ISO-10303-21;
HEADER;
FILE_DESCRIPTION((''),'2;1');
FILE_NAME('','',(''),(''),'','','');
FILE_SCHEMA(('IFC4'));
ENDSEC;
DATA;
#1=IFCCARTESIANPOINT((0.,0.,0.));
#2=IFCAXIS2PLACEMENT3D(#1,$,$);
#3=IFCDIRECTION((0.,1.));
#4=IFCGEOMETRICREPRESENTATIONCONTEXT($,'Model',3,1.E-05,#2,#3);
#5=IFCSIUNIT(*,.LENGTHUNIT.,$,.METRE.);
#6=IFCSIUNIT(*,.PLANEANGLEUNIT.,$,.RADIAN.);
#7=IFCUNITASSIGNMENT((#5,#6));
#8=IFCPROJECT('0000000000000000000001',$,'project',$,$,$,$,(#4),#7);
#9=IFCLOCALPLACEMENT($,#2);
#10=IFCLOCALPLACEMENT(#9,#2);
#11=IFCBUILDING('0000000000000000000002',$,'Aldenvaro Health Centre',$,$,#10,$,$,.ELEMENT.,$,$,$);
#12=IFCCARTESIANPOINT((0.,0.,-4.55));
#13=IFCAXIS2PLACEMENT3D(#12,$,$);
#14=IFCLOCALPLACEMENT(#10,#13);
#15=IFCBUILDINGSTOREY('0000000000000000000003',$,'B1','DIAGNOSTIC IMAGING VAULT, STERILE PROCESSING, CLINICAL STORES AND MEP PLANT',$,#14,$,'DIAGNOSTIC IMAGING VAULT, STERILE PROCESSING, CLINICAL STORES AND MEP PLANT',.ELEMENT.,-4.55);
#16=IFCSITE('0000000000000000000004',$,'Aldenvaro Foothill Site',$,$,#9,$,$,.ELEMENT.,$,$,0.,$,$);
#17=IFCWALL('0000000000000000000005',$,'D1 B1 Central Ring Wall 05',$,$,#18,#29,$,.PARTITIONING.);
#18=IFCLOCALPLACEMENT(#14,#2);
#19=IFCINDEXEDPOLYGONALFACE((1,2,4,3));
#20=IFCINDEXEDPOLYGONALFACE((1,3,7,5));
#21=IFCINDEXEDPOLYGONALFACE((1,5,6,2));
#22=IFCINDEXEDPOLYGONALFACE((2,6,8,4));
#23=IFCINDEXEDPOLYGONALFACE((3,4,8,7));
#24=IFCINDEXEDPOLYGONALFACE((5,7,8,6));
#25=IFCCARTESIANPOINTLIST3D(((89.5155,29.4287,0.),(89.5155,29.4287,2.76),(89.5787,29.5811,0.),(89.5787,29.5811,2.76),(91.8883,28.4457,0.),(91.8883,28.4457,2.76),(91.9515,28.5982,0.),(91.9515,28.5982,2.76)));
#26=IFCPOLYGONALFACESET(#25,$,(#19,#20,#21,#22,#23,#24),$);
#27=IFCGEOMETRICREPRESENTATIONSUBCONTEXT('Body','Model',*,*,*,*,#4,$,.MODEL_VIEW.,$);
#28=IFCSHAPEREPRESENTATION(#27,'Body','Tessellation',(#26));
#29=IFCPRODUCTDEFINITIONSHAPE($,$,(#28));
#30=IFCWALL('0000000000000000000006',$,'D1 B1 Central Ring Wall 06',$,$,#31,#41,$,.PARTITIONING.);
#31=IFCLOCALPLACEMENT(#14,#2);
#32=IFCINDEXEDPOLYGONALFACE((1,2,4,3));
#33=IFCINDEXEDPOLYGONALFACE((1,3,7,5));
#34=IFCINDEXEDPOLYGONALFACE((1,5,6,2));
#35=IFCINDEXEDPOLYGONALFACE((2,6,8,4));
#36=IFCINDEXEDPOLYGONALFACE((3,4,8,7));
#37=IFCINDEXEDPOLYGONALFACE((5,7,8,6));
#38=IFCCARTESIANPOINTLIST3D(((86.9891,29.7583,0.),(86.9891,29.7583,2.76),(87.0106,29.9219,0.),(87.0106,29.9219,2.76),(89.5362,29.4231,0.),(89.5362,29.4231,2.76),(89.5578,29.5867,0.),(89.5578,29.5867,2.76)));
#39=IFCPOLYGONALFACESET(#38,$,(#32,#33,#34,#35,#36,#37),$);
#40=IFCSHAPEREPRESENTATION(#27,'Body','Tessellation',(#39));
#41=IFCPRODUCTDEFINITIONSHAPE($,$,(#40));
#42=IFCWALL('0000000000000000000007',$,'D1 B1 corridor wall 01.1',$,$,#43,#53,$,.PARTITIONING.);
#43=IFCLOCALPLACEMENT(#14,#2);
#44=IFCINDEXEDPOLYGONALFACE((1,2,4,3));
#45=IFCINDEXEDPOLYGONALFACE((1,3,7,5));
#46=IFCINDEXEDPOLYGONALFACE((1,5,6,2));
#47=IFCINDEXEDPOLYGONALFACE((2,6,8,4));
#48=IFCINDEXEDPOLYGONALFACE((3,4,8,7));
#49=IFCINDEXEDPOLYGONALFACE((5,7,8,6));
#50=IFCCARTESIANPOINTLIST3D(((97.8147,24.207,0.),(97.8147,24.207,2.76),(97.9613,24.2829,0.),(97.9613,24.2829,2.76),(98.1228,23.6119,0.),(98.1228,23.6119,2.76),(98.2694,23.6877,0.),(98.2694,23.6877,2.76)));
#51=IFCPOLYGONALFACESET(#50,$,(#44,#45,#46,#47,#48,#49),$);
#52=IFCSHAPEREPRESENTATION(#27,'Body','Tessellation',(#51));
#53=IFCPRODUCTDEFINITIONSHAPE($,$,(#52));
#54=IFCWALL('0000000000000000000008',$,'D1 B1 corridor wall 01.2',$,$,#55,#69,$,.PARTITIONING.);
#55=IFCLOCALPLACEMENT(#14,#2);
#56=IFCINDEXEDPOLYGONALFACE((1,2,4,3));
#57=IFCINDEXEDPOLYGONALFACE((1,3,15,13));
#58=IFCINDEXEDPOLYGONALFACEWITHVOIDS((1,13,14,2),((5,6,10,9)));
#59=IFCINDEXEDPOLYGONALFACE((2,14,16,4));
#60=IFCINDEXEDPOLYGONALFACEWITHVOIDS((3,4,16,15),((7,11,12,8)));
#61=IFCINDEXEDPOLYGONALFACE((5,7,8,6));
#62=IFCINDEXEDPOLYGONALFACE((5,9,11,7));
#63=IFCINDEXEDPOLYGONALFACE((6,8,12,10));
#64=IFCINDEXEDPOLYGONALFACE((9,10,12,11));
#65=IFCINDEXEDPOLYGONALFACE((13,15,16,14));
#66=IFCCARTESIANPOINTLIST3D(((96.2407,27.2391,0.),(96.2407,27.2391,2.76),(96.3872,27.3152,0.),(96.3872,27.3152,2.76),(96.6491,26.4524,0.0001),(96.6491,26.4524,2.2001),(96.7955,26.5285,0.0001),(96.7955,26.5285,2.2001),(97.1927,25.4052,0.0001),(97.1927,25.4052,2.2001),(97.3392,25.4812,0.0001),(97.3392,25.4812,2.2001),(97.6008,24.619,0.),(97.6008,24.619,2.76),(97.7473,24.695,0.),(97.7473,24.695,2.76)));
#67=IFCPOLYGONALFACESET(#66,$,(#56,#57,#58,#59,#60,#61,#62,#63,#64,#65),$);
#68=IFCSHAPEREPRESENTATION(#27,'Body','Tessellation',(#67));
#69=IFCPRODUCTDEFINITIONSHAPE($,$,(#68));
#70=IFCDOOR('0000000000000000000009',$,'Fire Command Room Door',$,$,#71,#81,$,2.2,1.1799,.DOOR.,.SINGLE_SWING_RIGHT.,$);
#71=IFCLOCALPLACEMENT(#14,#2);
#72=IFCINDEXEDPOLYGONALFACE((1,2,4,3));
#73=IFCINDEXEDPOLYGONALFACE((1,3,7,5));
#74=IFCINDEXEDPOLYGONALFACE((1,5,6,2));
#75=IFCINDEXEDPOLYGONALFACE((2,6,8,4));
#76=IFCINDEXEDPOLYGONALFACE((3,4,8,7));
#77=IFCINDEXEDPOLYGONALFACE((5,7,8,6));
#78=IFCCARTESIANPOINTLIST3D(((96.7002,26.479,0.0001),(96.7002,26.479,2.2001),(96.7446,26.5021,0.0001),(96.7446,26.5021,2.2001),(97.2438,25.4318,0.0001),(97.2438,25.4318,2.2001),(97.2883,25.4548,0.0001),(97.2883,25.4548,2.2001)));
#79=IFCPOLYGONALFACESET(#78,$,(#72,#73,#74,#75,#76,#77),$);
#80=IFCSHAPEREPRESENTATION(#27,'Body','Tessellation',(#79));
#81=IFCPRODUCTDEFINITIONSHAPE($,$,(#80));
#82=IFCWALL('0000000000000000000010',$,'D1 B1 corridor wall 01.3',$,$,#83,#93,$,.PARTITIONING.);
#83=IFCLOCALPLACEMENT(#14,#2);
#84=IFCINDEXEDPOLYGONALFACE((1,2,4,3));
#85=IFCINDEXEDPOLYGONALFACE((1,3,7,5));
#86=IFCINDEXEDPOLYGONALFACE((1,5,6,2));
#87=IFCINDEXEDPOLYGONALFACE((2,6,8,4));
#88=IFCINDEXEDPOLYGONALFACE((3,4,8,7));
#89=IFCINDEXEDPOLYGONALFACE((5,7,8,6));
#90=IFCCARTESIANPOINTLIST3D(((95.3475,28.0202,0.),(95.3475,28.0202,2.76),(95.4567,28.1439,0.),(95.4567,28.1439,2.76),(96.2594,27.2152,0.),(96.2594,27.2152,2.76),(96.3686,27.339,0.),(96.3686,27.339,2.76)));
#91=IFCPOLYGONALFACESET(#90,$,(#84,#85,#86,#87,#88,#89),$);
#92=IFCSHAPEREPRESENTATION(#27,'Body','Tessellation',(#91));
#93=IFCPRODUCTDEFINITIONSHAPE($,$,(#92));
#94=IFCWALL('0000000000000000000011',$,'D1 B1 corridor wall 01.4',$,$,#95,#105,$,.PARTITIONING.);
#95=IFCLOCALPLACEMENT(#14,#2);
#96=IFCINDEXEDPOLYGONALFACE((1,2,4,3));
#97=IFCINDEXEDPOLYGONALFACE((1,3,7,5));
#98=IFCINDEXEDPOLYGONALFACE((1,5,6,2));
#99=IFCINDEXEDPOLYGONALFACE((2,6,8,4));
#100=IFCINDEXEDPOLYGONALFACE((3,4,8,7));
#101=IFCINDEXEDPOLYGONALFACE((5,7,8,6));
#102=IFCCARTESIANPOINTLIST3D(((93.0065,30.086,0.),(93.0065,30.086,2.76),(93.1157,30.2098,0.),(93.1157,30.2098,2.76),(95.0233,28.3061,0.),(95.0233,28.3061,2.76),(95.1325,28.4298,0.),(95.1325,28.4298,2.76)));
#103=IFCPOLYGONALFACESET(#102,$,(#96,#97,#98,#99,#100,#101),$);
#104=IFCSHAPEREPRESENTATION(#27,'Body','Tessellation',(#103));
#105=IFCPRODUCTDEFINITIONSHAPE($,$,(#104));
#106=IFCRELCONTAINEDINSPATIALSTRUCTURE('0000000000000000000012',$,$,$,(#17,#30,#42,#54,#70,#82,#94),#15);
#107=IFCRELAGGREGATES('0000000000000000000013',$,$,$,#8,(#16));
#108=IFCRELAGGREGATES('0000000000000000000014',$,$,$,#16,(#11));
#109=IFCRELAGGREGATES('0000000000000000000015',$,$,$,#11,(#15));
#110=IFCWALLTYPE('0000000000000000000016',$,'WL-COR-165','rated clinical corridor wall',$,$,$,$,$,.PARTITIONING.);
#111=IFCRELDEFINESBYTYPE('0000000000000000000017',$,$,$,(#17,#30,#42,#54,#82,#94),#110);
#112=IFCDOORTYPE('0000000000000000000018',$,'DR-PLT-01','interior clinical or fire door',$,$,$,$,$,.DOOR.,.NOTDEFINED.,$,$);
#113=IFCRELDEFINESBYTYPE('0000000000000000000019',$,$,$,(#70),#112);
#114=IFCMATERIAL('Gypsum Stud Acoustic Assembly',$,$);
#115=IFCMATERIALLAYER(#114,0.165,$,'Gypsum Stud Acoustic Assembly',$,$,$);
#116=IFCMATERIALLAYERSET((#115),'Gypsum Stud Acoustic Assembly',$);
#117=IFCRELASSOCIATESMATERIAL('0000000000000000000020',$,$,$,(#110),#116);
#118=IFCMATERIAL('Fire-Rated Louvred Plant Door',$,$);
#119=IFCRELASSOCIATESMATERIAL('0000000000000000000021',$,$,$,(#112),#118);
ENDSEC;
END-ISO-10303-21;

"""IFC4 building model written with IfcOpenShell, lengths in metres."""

from ifc_helpers import new_model, si_unit, direction, frame, frame_2d, origin, place, context, subcontext, project, spatial, rectangle, extrude, material, layer, layer_set, type_object, element, fill, save


model = new_model("IFC4")

# Units and contexts
model_context = context("Model", 3, precision=1e-05, world=origin(), true_north=direction((0.0, 1.0)))
body_context = subcontext(model_context, "Body", "Model", "MODEL_VIEW")
ifc_project = project(units=[si_unit("LENGTHUNIT", "METRE"), si_unit("PLANEANGLEUNIT", "RADIAN")], contexts=[model_context])

# Site, building, storey
site_placement = place(None, origin())
site = spatial("IfcSite", under=ifc_project, at=site_placement, Name="Aldenvaro Foothill Site", CompositionType="ELEMENT", RefElevation=0.0)
building_placement = place(site_placement, origin())
building = spatial("IfcBuilding", under=site, at=building_placement, Name="Aldenvaro Health Centre", CompositionType="ELEMENT")
storey_placement = place(building_placement, frame((0.0, 0.0, -4.55)))
storey = spatial("IfcBuildingStorey", under=building, at=storey_placement, Name="B1", Description="DIAGNOSTIC IMAGING VAULT, STERILE PROCESSING, CLINICAL STORES AND MEP PLANT", LongName="DIAGNOSTIC IMAGING VAULT, STERILE PROCESSING, CLINICAL STORES AND MEP PLANT", CompositionType="ELEMENT", Elevation=-4.55)

# Shared definitions
ifc_material_1 = material(Name="Gypsum Stud Acoustic Assembly")
ifc_layer = layer(ifc_material_1, 0.165, Name="Gypsum Stud Acoustic Assembly")
ifc_layer_set = layer_set([ifc_layer], Name="Gypsum Stud Acoustic Assembly")
wall_type = type_object("IfcWallType", Name="WL-COR-165", Description="rated clinical corridor wall", PredefinedType="PARTITIONING", material=ifc_layer_set)

# Walls
wall_1_placement = place(storey_placement, frame((91.9199, 28.522, 0.0), z_axis=(0.0, 0.0, 1.0), x_axis=(-0.923871, 0.382704, 0.0)))
element("IfcWall", 1, at=wall_1_placement, inside=storey, type_object=wall_type, Name="D1 B1 Central Ring Wall 05", PredefinedType="PARTITIONING", context=body_context, shape_type="SweptSolid", body=[
    extrude(rectangle(XDim=2.5684, YDim=0.165, at=frame_2d((1.2842, 0.0))), origin(), (0.0, 0.0, 1.0), 2.76),
])
wall_2_placement = place(storey_placement, frame((89.5471, 29.5049, 0.0), z_axis=(0.0, 0.0, 1.0), x_axis=(-0.991451, 0.130477, 0.0)))
element("IfcWall", 2, at=wall_2_placement, inside=storey, type_object=wall_type, Name="D1 B1 Central Ring Wall 06", PredefinedType="PARTITIONING", context=body_context, shape_type="SweptSolid", body=[
    extrude(rectangle(XDim=2.5691, YDim=0.165, at=frame_2d((1.2847, 0.0))), origin(), (0.0, 0.0, 1.0), 2.76),
])
wall_3_placement = place(storey_placement, frame((98.196, 23.6499, 0.0), z_axis=(0.0, 0.0, 1.0), x_axis=(-0.4597, 0.888074, 0.0)))
element("IfcWall", 3, at=wall_3_placement, inside=storey, type_object=wall_type, Name="D1 B1 corridor wall 01.1", PredefinedType="PARTITIONING", context=body_context, shape_type="SweptSolid", body=[
    extrude(rectangle(XDim=0.6702, YDim=0.165, at=frame_2d((0.335, 0.0))), origin(), (0.0, 0.0, 1.0), 2.76),
])

# Wall, opening, door
wall_4_placement = place(storey_placement, frame((97.6741, 24.657, 0.0), z_axis=(0.0, 0.0, 1.0), x_axis=(-0.460725, 0.887543, 0.0)))
wall_4 = element("IfcWall", 4, at=wall_4_placement, inside=storey, type_object=wall_type, Name="D1 B1 corridor wall 01.2", PredefinedType="PARTITIONING", context=body_context, shape_type="SweptSolid", body=[
    extrude(rectangle(XDim=2.9521, YDim=0.165, at=frame_2d((1.4761, 0.0))), origin(), (0.0, 0.0, 1.0), 2.76),
])
opening_1_placement = place(wall_4_placement, frame((0.886, 0.0, 0.0)))
opening_1 = element("IfcOpeningElement", 5, at=opening_1_placement, cuts=wall_4, PredefinedType="OPENING", context=body_context, shape_type="SweptSolid", body=[
    extrude(rectangle(XDim=1.1799, YDim=2.2, at=frame_2d((0.5898, 1.1001))), frame((0.0, 0.0925, 0.0), z_axis=(0.0, -1.0, 0.0), x_axis=(1.0, 0.0, 0.0)), (0.0, 0.0, 1.0), 0.1851),
])
ifc_material_2 = material(Name="Fire-Rated Louvred Plant Door")
door_type_1 = type_object("IfcDoorType", Name="DR-PLT-01", Description="interior clinical or fire door", OperationType="NOTDEFINED", PredefinedType="DOOR", material=ifc_material_2)
door_1_placement = place(opening_1_placement, origin())
door_1 = element("IfcDoor", 6, at=door_1_placement, inside=storey, type_object=door_type_1, Name="Fire Command Room Door", OperationType="SINGLE_SWING_RIGHT", OverallHeight=2.2, OverallWidth=1.1799, PredefinedType="DOOR", context=body_context, shape_type="SweptSolid", body=[
    extrude(rectangle(XDim=1.1799, YDim=2.2, at=frame_2d((0.5898, 1.1001))), frame((0.0, 0.0249, 0.0), z_axis=(0.0, -1.0, 0.0), x_axis=(1.0, 0.0, 0.0)), (0.0, 0.0, 1.0), 0.05),
])
fill(opening_1, door_1)

# Walls
wall_5_placement = place(storey_placement, frame((96.314, 27.2771, 0.0), z_axis=(0.0, 0.0, 1.0), x_axis=(-0.749697, 0.661781, 0.0)))
element("IfcWall", 7, at=wall_5_placement, inside=storey, type_object=wall_type, Name="D1 B1 corridor wall 01.3", PredefinedType="PARTITIONING", context=body_context, shape_type="SweptSolid", body=[
    extrude(rectangle(XDim=1.2163, YDim=0.165, at=frame_2d((0.6082, 0.0))), origin(), (0.0, 0.0, 1.0), 2.76),
])
wall_6_placement = place(storey_placement, frame((95.0779, 28.3679, 0.0), z_axis=(0.0, 0.0, 1.0), x_axis=(-0.749753, 0.661718, 0.0)))
element("IfcWall", 8, at=wall_6_placement, inside=storey, type_object=wall_type, Name="D1 B1 corridor wall 01.4", PredefinedType="PARTITIONING", context=body_context, shape_type="SweptSolid", body=[
    extrude(rectangle(XDim=2.6899, YDim=0.165, at=frame_2d((1.345, 0.0))), origin(), (0.0, 0.0, 1.0), 2.76),
])

save(model, "model.ifc")
